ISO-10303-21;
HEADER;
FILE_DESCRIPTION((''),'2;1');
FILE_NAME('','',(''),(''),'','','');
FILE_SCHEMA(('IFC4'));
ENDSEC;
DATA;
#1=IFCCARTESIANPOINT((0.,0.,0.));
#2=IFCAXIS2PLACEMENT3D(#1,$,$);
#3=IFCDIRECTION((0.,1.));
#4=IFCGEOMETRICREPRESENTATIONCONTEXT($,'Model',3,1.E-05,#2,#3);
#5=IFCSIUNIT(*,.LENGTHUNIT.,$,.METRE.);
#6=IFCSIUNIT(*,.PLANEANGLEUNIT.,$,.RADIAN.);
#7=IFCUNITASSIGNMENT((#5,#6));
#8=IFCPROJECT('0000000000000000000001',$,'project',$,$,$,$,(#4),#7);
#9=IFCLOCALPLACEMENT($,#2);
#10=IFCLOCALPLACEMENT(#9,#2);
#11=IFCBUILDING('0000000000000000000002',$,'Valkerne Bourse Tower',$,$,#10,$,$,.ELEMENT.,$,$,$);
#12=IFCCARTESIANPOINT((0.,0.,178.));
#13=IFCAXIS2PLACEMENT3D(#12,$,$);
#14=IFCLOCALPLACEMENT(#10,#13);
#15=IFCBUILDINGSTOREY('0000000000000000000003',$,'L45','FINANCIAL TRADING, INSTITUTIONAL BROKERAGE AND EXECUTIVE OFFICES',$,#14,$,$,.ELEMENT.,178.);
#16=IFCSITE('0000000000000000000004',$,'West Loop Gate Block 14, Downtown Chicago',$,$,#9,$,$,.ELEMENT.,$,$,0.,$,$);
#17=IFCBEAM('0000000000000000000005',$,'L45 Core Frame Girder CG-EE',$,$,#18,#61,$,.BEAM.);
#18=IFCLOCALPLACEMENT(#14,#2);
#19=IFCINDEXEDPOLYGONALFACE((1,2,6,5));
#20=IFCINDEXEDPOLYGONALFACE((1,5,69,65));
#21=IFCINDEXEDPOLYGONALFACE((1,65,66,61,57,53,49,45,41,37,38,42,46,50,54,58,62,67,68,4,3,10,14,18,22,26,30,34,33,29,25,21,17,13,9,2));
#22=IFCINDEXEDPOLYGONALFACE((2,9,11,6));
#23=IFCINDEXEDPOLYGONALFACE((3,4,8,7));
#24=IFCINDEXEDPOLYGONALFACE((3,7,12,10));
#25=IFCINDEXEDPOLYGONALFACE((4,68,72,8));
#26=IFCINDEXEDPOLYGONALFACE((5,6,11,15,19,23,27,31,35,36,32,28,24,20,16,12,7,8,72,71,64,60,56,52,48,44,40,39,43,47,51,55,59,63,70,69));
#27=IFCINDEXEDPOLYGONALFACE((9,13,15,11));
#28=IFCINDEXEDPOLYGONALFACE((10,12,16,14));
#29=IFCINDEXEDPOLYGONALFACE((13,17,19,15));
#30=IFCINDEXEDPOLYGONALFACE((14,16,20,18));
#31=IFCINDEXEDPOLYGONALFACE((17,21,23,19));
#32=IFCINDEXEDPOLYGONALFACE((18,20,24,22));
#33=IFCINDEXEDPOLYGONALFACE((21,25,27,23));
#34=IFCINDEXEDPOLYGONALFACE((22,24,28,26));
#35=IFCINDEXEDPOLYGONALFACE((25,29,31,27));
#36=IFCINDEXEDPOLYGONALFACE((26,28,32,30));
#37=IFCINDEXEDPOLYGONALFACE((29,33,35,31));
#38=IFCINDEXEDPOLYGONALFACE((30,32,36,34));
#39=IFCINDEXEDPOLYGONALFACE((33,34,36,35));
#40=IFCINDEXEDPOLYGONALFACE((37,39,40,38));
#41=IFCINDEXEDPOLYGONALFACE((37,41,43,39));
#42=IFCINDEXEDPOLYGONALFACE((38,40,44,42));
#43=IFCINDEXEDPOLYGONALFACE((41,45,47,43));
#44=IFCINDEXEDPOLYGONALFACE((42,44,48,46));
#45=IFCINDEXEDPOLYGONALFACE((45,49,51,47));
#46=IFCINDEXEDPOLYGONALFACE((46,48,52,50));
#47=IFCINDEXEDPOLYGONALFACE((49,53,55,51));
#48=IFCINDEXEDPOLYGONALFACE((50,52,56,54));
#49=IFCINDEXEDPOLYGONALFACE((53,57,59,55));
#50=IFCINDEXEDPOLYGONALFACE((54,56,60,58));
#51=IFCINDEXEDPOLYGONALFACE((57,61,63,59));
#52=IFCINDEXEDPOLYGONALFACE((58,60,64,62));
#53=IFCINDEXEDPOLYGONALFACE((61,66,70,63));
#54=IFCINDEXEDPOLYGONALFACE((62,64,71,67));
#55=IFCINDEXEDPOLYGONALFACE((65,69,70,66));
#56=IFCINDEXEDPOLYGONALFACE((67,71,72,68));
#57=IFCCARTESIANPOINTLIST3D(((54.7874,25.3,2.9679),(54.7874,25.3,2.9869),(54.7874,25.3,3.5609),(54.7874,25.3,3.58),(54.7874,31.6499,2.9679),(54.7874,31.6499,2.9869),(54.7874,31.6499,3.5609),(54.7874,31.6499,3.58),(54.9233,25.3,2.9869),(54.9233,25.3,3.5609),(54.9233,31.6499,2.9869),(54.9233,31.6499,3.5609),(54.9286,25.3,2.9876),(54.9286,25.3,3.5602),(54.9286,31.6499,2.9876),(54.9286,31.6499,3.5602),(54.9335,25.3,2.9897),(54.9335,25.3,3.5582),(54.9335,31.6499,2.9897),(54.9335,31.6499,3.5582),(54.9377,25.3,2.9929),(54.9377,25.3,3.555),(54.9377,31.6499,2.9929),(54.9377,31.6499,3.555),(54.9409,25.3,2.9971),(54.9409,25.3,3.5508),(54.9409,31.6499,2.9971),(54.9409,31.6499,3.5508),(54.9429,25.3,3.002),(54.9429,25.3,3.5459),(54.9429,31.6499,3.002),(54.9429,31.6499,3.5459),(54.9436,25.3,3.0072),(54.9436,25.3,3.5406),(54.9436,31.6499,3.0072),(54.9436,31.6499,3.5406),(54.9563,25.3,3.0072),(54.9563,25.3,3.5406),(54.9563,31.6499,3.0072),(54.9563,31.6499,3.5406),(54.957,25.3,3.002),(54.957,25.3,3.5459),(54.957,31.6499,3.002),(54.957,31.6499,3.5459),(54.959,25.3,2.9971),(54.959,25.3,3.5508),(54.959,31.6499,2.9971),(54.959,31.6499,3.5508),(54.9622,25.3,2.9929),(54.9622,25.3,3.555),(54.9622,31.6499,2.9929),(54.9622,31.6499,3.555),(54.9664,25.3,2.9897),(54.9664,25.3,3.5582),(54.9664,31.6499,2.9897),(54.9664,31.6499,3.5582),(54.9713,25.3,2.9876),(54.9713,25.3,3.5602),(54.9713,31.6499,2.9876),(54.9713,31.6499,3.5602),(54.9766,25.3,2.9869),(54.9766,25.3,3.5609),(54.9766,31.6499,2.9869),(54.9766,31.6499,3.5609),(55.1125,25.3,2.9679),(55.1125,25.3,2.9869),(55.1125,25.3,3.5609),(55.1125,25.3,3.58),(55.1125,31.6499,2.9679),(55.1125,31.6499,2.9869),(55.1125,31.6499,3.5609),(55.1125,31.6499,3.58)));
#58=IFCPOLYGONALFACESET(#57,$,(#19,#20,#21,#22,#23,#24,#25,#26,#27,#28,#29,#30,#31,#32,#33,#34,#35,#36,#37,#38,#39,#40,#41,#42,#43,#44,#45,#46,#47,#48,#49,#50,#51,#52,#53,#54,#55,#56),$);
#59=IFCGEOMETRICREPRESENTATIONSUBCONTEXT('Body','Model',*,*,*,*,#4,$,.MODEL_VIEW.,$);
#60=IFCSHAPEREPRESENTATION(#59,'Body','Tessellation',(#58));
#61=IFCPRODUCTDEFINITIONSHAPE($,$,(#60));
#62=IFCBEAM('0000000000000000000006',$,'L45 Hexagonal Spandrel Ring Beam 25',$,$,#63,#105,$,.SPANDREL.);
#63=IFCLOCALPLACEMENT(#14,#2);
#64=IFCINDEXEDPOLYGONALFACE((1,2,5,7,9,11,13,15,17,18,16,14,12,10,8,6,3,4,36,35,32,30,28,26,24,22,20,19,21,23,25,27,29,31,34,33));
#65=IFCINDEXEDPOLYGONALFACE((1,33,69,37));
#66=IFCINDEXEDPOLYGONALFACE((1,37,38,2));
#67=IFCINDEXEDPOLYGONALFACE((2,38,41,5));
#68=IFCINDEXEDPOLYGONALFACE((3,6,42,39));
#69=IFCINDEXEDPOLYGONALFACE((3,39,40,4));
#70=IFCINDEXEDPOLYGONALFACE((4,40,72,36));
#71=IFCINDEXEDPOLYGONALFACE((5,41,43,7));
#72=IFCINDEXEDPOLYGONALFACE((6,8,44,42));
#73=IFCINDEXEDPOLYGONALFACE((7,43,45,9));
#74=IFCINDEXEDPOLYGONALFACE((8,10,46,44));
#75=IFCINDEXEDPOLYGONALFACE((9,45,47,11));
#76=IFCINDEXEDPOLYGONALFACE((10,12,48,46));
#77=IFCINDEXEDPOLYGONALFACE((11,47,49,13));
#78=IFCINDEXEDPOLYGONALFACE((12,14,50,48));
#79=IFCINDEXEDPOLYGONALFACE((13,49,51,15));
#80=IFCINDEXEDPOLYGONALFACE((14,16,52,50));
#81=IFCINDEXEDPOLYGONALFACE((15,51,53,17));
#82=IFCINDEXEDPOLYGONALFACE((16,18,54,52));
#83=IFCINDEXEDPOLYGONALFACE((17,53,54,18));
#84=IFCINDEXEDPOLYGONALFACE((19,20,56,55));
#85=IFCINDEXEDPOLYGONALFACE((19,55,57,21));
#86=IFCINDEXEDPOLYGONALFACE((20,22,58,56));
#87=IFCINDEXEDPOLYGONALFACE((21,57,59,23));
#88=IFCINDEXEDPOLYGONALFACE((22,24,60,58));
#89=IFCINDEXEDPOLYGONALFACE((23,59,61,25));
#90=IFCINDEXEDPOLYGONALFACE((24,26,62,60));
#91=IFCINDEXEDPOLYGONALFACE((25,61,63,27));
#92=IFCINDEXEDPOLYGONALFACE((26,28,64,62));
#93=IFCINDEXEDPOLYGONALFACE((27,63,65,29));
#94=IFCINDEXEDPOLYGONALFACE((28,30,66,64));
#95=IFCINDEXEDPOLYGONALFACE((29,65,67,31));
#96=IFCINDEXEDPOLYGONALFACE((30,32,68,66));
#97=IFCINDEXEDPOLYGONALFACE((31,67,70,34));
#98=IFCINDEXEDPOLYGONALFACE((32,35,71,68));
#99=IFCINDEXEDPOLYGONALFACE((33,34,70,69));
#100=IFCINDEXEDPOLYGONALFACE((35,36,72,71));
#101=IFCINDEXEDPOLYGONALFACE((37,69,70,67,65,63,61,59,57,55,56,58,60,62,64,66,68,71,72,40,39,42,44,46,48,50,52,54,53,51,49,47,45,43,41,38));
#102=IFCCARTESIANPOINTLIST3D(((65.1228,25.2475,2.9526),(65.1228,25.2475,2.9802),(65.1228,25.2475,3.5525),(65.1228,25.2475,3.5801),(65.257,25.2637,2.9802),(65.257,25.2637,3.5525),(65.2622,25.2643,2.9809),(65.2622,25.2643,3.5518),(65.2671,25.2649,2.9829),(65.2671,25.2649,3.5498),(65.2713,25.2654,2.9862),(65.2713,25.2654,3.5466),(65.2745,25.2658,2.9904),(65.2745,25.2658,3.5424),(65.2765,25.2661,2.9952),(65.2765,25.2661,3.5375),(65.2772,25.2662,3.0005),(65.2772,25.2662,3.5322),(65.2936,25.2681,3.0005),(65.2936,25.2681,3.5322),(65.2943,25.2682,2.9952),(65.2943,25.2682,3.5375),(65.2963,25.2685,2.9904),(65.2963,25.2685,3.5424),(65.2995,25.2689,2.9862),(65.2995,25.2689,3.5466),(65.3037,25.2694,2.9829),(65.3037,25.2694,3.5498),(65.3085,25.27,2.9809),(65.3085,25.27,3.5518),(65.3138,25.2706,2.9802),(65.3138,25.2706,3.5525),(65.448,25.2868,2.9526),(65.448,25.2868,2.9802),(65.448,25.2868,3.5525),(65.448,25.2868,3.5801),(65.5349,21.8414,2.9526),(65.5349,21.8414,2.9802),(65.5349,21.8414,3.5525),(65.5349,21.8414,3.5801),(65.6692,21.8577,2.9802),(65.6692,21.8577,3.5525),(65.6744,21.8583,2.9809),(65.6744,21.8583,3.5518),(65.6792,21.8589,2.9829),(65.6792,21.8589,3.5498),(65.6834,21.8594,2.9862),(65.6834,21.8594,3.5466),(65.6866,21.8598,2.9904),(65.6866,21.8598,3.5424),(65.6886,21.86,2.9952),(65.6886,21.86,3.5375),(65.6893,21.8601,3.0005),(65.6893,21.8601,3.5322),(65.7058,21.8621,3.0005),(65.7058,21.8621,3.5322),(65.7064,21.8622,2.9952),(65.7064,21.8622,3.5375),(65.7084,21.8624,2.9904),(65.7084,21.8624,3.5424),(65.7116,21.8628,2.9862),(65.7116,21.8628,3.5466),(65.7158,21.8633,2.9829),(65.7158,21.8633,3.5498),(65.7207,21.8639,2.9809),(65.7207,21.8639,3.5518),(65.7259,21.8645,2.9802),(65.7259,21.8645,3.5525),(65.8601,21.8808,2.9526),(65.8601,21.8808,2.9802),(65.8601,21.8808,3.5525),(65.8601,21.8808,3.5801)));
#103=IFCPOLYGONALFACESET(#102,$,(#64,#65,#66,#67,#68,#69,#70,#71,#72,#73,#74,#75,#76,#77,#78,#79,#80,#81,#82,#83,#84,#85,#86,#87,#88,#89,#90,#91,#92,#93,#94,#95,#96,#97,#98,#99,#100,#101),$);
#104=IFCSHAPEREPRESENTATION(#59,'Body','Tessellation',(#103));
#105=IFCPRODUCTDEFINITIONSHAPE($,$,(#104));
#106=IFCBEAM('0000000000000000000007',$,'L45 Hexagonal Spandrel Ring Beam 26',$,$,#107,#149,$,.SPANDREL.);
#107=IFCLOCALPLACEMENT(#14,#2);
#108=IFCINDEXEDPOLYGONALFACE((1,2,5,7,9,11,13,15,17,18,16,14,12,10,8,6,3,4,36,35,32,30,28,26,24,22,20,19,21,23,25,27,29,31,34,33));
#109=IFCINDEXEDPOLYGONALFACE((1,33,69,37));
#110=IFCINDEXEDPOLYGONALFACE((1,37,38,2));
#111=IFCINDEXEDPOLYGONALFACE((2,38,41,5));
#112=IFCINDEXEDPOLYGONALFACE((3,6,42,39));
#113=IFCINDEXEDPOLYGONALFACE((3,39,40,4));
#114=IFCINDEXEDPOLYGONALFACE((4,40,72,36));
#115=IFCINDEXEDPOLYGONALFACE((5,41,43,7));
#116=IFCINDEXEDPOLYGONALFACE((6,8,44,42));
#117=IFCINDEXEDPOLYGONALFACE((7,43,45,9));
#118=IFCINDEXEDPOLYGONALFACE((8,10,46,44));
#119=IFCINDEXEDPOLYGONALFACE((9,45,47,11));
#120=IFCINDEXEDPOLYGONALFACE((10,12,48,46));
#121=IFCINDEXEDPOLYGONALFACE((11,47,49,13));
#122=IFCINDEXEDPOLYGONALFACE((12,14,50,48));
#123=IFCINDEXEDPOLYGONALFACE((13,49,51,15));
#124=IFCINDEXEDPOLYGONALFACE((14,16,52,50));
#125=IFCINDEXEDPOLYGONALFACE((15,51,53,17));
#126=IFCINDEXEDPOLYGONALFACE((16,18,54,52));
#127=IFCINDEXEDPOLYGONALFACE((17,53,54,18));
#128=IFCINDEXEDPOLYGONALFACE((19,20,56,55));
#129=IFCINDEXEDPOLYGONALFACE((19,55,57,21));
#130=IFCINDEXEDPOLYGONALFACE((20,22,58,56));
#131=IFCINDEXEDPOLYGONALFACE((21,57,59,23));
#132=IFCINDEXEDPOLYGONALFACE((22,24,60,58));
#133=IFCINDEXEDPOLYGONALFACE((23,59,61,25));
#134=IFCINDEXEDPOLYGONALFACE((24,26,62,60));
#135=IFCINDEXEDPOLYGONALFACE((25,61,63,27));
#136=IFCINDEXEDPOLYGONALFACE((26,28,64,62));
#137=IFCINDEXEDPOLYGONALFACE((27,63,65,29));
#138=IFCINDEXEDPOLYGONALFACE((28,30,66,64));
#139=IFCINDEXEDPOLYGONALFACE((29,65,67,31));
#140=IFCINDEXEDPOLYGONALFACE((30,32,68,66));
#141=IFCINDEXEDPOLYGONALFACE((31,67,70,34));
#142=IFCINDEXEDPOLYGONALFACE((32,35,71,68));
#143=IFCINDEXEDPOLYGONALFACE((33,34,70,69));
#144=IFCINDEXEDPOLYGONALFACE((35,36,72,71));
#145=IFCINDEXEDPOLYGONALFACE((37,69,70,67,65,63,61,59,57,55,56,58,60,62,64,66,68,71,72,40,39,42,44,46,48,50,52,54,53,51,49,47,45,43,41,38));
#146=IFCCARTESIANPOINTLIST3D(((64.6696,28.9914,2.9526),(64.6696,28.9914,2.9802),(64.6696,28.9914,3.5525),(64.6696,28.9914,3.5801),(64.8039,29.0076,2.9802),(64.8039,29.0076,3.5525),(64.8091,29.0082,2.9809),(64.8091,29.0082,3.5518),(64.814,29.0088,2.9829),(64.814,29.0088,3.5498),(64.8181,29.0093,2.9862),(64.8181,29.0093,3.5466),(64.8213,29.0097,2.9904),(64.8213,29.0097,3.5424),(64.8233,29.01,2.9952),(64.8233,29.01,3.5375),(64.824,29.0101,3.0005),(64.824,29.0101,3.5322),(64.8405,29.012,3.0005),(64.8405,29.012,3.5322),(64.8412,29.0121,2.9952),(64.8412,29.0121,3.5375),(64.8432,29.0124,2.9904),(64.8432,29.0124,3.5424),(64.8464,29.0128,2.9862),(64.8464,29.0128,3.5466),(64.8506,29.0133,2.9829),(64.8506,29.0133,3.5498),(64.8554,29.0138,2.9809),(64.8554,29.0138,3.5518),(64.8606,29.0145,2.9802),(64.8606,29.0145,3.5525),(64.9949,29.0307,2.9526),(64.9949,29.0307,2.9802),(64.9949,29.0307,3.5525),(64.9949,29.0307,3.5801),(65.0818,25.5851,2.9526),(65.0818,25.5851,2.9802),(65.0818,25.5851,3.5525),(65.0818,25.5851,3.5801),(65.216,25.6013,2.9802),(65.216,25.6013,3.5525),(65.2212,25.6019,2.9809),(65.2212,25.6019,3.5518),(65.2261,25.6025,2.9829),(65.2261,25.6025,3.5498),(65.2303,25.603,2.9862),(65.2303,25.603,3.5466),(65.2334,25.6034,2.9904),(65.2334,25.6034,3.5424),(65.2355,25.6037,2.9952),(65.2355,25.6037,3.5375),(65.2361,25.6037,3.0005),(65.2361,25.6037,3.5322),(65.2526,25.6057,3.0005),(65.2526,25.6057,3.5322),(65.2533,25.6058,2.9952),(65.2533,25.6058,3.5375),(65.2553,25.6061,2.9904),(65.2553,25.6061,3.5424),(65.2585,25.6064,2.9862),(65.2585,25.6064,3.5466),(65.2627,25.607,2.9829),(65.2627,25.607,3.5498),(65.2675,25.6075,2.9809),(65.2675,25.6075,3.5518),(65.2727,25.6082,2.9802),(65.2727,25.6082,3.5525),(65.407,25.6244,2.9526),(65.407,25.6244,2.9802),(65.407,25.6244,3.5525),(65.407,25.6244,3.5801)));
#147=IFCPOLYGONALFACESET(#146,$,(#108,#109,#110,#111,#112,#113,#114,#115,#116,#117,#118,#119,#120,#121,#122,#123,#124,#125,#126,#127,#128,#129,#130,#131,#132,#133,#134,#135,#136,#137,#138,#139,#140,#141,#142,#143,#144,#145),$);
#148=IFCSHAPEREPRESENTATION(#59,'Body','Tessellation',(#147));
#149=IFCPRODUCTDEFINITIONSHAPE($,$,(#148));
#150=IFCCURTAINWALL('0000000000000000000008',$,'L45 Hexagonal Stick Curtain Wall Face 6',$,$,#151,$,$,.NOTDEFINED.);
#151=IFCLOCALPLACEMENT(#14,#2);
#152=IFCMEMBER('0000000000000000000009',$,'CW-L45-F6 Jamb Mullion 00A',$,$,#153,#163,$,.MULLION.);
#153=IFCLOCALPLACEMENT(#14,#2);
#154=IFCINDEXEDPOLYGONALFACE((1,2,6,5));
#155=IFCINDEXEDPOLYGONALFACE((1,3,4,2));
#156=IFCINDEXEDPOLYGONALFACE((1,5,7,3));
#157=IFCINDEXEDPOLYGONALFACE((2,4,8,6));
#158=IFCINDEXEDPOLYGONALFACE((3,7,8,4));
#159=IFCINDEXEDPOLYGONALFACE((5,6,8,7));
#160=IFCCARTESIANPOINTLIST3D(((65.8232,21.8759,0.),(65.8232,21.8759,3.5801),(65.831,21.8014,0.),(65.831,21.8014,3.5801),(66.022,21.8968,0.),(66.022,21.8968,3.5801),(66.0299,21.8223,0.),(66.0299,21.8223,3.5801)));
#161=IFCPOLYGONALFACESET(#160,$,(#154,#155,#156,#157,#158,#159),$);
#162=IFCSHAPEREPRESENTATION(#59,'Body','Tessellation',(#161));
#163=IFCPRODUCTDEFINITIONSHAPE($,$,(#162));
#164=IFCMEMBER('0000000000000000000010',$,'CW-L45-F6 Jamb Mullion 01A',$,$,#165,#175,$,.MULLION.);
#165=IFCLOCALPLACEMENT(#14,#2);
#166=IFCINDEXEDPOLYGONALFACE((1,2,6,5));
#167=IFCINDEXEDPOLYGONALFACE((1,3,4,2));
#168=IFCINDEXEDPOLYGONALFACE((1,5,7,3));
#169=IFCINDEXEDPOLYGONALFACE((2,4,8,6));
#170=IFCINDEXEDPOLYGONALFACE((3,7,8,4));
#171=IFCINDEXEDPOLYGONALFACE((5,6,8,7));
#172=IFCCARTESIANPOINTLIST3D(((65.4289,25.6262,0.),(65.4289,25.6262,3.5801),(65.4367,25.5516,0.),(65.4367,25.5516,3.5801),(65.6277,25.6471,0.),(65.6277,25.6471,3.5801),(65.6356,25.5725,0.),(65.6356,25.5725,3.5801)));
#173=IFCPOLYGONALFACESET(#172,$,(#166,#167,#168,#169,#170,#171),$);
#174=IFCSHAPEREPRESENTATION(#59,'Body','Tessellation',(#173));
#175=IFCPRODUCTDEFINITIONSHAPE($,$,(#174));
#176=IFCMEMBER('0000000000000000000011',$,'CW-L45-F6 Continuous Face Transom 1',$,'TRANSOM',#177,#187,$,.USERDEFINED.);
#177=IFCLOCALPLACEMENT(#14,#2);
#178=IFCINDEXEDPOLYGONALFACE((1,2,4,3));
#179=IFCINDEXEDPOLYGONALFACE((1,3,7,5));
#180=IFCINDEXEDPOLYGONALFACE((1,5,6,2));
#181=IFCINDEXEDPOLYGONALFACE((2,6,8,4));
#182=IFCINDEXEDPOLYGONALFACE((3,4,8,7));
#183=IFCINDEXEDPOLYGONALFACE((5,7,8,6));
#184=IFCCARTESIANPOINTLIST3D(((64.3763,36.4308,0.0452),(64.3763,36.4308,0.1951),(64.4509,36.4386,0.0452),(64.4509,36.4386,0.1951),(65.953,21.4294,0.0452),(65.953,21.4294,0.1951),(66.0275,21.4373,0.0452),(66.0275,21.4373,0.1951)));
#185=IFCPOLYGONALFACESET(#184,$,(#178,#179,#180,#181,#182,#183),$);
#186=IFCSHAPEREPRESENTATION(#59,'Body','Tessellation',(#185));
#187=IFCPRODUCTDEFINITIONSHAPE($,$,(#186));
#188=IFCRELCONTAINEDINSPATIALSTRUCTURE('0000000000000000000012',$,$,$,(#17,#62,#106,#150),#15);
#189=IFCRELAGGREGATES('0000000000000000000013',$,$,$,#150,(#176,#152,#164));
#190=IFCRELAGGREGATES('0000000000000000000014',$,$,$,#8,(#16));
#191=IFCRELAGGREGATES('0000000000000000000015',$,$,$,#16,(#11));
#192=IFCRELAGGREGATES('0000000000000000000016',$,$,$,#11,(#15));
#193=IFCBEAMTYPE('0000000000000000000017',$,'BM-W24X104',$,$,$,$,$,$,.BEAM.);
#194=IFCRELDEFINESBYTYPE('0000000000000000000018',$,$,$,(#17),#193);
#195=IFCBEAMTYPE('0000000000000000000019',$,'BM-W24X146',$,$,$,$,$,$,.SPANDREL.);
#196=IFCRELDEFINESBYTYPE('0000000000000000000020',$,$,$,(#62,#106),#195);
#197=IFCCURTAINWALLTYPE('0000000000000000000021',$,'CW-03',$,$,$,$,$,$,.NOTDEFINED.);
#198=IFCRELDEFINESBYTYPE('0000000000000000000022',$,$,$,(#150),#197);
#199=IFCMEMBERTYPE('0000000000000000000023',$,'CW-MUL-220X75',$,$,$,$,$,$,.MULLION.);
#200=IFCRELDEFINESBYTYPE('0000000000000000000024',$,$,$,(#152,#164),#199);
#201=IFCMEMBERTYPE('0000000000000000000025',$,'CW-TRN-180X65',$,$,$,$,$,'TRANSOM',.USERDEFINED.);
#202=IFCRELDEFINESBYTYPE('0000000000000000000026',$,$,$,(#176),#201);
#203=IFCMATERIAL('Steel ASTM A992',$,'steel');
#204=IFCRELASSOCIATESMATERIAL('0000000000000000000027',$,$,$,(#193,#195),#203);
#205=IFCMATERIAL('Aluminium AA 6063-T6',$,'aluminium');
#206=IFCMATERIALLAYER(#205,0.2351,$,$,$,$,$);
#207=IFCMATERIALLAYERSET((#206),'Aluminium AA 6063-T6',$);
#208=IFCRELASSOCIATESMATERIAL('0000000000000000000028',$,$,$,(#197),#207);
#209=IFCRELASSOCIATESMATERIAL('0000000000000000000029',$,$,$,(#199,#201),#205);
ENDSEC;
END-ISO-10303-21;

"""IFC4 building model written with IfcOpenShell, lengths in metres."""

from ifc_helpers import new_model, si_unit, direction, frame, origin, origin_2d, place, context, subcontext, project, spatial, rectangle, i_section, extrude, material, layer, layer_set, material_profile, profile_set, type_object, element, aggregate, save


model = new_model("IFC4")

# Units and contexts
model_context = context("Model", 3, precision=1e-05, world=origin(), true_north=direction((0.0, 1.0)))
body_context = subcontext(model_context, "Body", "Model", "MODEL_VIEW")
ifc_project = project(units=[si_unit("LENGTHUNIT", "METRE"), si_unit("PLANEANGLEUNIT", "RADIAN")], contexts=[model_context])

# Site, building, storey
site_placement = place(None, origin())
site = spatial("IfcSite", under=ifc_project, at=site_placement, Name="West Loop Gate Block 14, Downtown Chicago", CompositionType="ELEMENT", RefElevation=0.0)
building_placement = place(site_placement, origin())
building = spatial("IfcBuilding", under=site, at=building_placement, Name="Valkerne Bourse Tower", CompositionType="ELEMENT")
storey_placement = place(building_placement, frame((0.0, 0.0, 178.0)))
storey = spatial("IfcBuildingStorey", under=building, at=storey_placement, Name="L45", Description="FINANCIAL TRADING, INSTITUTIONAL BROKERAGE AND EXECUTIVE OFFICES", CompositionType="ELEMENT", Elevation=178.0)

# Beams
ifc_material_1 = material(Name="Steel ASTM A992", Category="steel")
ifc_material_profile_1 = material_profile(ifc_material_1, i_section(OverallWidth=0.3252, OverallDepth=0.6121, WebThickness=0.0127, FlangeThickness=0.019, FilletRadius=0.0203, at=origin_2d()), Name="W24X104")
ifc_profile_set_1 = profile_set([ifc_material_profile_1], Name="Steel ASTM A992")
beam_type_1 = type_object("IfcBeamType", Name="BM-W24X104", PredefinedType="BEAM", material=ifc_profile_set_1)
beam_1_placement = place(storey_placement, frame((54.95, 25.3, 3.2739), z_axis=(0.0, 1.0, 0.0), x_axis=(-1.0, 0.0, 0.0)))
element("IfcBeam", 1, at=beam_1_placement, inside=storey, type_object=beam_type_1, Name="L45 Core Frame Girder CG-EE", PredefinedType="BEAM", context=body_context, shape_type="SweptSolid", body=[
    extrude(i_section(OverallWidth=0.3252, OverallDepth=0.6121, WebThickness=0.0127, FlangeThickness=0.019, FilletRadius=0.0203, at=origin_2d()), origin(), (0.0, 0.0, 1.0), 6.3499),
])
ifc_material_profile_2 = material_profile(ifc_material_1, i_section(OverallWidth=0.3276, OverallDepth=0.6274, WebThickness=0.0166, FlangeThickness=0.0276, FilletRadius=0.0203, at=origin_2d()), Name="W24X146")
ifc_profile_set_2 = profile_set([ifc_material_profile_2], Name="Steel ASTM A992")
beam_type_2 = type_object("IfcBeamType", Name="BM-W24X146", PredefinedType="SPANDREL", material=ifc_profile_set_2)
beam_2_placement = place(storey_placement, frame((65.6975, 21.8611, 3.2664), z_axis=(-0.120119, 0.99276, 0.0), x_axis=(-0.99276, -0.120119, 0.0)))
element("IfcBeam", 2, at=beam_2_placement, inside=storey, type_object=beam_type_2, Name="L45 Hexagonal Spandrel Ring Beam 25", PredefinedType="SPANDREL", context=body_context, shape_type="SweptSolid", body=[
    extrude(i_section(OverallWidth=0.3276, OverallDepth=0.6274, WebThickness=0.0166, FlangeThickness=0.0276, FilletRadius=0.0203, at=origin_2d()), origin(), (0.0, 0.0, 1.0), 3.4309),
])
beam_3_placement = place(storey_placement, frame((65.2444, 25.6047, 3.2664), z_axis=(-0.12011, 0.992761, 0.0), x_axis=(-0.992761, -0.12011, 0.0)))
element("IfcBeam", 3, at=beam_3_placement, inside=storey, type_object=beam_type_2, Name="L45 Hexagonal Spandrel Ring Beam 26", PredefinedType="SPANDREL", context=body_context, shape_type="SweptSolid", body=[
    extrude(i_section(OverallWidth=0.3276, OverallDepth=0.6274, WebThickness=0.0166, FlangeThickness=0.0276, FilletRadius=0.0203, at=origin_2d()), origin(), (0.0, 0.0, 1.0), 3.4312),
])

# Curtain wall, members
ifc_material_2 = material(Name="Aluminium AA 6063-T6", Category="aluminium")
ifc_layer_1 = layer(ifc_material_2, 0.2351)
ifc_layer_set_1 = layer_set([ifc_layer_1], Name="Aluminium AA 6063-T6")
curtain_wall_type = type_object("IfcCurtainWallType", Name="CW-03", PredefinedType="NOTDEFINED", material=ifc_layer_set_1)
curtain_wall_placement = place(storey_placement, origin())
curtain_wall = element("IfcCurtainWall", 4, at=curtain_wall_placement, inside=storey, type_object=curtain_wall_type, Name="L45 Hexagonal Stick Curtain Wall Face 6", PredefinedType="NOTDEFINED")
ifc_material_profile_3 = material_profile(ifc_material_2, rectangle(XDim=0.075, YDim=0.2, at=origin_2d()), Name="CWM-75X200")
ifc_profile_set_3 = profile_set([ifc_material_profile_3], Name="Aluminium AA 6063-T6")
member_type_1 = type_object("IfcMemberType", Name="CW-MUL-220X75", PredefinedType="MULLION", material=ifc_profile_set_3)
member_1_placement = place(storey_placement, frame((65.9265, 21.8491, 0.0), z_axis=(0.0, 0.0, 1.0), x_axis=(-0.104536, 0.994521, 0.0)))
member_1 = element("IfcMember", 5, at=member_1_placement, type_object=member_type_1, Name="CW-L45-F6 Jamb Mullion 00A", PredefinedType="MULLION", context=body_context, shape_type="SweptSolid", body=[
    extrude(rectangle(XDim=0.075, YDim=0.2, at=origin_2d()), origin(), (0.0, 0.0, 1.0), 3.5801),
])
member_2_placement = place(storey_placement, frame((65.5322, 25.5994, 0.0), z_axis=(0.0, 0.0, 1.0), x_axis=(-0.104533, 0.994521, 0.0)))
member_2 = element("IfcMember", 6, at=member_2_placement, type_object=member_type_1, Name="CW-L45-F6 Jamb Mullion 01A", PredefinedType="MULLION", context=body_context, shape_type="SweptSolid", body=[
    extrude(rectangle(XDim=0.075, YDim=0.2, at=origin_2d()), origin(), (0.0, 0.0, 1.0), 3.5801),
])
ifc_material_profile_4 = material_profile(ifc_material_2, rectangle(XDim=0.075, YDim=0.1499, at=origin_2d()), Name="CWT-75X150")
ifc_profile_set_4 = profile_set([ifc_material_profile_4], Name="Aluminium AA 6063-T6")
member_type_2 = type_object("IfcMemberType", Name="CW-TRN-180X65", ElementType="TRANSOM", PredefinedType="USERDEFINED", material=ifc_profile_set_4)
member_3_placement = place(storey_placement, frame((65.9902, 21.4333, 0.1201), z_axis=(-0.104525, 0.994522, 0.0), x_axis=(-0.994522, -0.104525, 0.0)))
member_3 = element("IfcMember", 7, at=member_3_placement, type_object=member_type_2, Name="CW-L45-F6 Continuous Face Transom 1", ObjectType="TRANSOM", PredefinedType="USERDEFINED", context=body_context, shape_type="SweptSolid", body=[
    extrude(rectangle(XDim=0.075, YDim=0.1499, at=origin_2d()), origin(), (0.0, 0.0, 1.0), 15.084),
])

aggregate(curtain_wall, [member_3, member_1, member_2])

save(model, "model.ifc")
